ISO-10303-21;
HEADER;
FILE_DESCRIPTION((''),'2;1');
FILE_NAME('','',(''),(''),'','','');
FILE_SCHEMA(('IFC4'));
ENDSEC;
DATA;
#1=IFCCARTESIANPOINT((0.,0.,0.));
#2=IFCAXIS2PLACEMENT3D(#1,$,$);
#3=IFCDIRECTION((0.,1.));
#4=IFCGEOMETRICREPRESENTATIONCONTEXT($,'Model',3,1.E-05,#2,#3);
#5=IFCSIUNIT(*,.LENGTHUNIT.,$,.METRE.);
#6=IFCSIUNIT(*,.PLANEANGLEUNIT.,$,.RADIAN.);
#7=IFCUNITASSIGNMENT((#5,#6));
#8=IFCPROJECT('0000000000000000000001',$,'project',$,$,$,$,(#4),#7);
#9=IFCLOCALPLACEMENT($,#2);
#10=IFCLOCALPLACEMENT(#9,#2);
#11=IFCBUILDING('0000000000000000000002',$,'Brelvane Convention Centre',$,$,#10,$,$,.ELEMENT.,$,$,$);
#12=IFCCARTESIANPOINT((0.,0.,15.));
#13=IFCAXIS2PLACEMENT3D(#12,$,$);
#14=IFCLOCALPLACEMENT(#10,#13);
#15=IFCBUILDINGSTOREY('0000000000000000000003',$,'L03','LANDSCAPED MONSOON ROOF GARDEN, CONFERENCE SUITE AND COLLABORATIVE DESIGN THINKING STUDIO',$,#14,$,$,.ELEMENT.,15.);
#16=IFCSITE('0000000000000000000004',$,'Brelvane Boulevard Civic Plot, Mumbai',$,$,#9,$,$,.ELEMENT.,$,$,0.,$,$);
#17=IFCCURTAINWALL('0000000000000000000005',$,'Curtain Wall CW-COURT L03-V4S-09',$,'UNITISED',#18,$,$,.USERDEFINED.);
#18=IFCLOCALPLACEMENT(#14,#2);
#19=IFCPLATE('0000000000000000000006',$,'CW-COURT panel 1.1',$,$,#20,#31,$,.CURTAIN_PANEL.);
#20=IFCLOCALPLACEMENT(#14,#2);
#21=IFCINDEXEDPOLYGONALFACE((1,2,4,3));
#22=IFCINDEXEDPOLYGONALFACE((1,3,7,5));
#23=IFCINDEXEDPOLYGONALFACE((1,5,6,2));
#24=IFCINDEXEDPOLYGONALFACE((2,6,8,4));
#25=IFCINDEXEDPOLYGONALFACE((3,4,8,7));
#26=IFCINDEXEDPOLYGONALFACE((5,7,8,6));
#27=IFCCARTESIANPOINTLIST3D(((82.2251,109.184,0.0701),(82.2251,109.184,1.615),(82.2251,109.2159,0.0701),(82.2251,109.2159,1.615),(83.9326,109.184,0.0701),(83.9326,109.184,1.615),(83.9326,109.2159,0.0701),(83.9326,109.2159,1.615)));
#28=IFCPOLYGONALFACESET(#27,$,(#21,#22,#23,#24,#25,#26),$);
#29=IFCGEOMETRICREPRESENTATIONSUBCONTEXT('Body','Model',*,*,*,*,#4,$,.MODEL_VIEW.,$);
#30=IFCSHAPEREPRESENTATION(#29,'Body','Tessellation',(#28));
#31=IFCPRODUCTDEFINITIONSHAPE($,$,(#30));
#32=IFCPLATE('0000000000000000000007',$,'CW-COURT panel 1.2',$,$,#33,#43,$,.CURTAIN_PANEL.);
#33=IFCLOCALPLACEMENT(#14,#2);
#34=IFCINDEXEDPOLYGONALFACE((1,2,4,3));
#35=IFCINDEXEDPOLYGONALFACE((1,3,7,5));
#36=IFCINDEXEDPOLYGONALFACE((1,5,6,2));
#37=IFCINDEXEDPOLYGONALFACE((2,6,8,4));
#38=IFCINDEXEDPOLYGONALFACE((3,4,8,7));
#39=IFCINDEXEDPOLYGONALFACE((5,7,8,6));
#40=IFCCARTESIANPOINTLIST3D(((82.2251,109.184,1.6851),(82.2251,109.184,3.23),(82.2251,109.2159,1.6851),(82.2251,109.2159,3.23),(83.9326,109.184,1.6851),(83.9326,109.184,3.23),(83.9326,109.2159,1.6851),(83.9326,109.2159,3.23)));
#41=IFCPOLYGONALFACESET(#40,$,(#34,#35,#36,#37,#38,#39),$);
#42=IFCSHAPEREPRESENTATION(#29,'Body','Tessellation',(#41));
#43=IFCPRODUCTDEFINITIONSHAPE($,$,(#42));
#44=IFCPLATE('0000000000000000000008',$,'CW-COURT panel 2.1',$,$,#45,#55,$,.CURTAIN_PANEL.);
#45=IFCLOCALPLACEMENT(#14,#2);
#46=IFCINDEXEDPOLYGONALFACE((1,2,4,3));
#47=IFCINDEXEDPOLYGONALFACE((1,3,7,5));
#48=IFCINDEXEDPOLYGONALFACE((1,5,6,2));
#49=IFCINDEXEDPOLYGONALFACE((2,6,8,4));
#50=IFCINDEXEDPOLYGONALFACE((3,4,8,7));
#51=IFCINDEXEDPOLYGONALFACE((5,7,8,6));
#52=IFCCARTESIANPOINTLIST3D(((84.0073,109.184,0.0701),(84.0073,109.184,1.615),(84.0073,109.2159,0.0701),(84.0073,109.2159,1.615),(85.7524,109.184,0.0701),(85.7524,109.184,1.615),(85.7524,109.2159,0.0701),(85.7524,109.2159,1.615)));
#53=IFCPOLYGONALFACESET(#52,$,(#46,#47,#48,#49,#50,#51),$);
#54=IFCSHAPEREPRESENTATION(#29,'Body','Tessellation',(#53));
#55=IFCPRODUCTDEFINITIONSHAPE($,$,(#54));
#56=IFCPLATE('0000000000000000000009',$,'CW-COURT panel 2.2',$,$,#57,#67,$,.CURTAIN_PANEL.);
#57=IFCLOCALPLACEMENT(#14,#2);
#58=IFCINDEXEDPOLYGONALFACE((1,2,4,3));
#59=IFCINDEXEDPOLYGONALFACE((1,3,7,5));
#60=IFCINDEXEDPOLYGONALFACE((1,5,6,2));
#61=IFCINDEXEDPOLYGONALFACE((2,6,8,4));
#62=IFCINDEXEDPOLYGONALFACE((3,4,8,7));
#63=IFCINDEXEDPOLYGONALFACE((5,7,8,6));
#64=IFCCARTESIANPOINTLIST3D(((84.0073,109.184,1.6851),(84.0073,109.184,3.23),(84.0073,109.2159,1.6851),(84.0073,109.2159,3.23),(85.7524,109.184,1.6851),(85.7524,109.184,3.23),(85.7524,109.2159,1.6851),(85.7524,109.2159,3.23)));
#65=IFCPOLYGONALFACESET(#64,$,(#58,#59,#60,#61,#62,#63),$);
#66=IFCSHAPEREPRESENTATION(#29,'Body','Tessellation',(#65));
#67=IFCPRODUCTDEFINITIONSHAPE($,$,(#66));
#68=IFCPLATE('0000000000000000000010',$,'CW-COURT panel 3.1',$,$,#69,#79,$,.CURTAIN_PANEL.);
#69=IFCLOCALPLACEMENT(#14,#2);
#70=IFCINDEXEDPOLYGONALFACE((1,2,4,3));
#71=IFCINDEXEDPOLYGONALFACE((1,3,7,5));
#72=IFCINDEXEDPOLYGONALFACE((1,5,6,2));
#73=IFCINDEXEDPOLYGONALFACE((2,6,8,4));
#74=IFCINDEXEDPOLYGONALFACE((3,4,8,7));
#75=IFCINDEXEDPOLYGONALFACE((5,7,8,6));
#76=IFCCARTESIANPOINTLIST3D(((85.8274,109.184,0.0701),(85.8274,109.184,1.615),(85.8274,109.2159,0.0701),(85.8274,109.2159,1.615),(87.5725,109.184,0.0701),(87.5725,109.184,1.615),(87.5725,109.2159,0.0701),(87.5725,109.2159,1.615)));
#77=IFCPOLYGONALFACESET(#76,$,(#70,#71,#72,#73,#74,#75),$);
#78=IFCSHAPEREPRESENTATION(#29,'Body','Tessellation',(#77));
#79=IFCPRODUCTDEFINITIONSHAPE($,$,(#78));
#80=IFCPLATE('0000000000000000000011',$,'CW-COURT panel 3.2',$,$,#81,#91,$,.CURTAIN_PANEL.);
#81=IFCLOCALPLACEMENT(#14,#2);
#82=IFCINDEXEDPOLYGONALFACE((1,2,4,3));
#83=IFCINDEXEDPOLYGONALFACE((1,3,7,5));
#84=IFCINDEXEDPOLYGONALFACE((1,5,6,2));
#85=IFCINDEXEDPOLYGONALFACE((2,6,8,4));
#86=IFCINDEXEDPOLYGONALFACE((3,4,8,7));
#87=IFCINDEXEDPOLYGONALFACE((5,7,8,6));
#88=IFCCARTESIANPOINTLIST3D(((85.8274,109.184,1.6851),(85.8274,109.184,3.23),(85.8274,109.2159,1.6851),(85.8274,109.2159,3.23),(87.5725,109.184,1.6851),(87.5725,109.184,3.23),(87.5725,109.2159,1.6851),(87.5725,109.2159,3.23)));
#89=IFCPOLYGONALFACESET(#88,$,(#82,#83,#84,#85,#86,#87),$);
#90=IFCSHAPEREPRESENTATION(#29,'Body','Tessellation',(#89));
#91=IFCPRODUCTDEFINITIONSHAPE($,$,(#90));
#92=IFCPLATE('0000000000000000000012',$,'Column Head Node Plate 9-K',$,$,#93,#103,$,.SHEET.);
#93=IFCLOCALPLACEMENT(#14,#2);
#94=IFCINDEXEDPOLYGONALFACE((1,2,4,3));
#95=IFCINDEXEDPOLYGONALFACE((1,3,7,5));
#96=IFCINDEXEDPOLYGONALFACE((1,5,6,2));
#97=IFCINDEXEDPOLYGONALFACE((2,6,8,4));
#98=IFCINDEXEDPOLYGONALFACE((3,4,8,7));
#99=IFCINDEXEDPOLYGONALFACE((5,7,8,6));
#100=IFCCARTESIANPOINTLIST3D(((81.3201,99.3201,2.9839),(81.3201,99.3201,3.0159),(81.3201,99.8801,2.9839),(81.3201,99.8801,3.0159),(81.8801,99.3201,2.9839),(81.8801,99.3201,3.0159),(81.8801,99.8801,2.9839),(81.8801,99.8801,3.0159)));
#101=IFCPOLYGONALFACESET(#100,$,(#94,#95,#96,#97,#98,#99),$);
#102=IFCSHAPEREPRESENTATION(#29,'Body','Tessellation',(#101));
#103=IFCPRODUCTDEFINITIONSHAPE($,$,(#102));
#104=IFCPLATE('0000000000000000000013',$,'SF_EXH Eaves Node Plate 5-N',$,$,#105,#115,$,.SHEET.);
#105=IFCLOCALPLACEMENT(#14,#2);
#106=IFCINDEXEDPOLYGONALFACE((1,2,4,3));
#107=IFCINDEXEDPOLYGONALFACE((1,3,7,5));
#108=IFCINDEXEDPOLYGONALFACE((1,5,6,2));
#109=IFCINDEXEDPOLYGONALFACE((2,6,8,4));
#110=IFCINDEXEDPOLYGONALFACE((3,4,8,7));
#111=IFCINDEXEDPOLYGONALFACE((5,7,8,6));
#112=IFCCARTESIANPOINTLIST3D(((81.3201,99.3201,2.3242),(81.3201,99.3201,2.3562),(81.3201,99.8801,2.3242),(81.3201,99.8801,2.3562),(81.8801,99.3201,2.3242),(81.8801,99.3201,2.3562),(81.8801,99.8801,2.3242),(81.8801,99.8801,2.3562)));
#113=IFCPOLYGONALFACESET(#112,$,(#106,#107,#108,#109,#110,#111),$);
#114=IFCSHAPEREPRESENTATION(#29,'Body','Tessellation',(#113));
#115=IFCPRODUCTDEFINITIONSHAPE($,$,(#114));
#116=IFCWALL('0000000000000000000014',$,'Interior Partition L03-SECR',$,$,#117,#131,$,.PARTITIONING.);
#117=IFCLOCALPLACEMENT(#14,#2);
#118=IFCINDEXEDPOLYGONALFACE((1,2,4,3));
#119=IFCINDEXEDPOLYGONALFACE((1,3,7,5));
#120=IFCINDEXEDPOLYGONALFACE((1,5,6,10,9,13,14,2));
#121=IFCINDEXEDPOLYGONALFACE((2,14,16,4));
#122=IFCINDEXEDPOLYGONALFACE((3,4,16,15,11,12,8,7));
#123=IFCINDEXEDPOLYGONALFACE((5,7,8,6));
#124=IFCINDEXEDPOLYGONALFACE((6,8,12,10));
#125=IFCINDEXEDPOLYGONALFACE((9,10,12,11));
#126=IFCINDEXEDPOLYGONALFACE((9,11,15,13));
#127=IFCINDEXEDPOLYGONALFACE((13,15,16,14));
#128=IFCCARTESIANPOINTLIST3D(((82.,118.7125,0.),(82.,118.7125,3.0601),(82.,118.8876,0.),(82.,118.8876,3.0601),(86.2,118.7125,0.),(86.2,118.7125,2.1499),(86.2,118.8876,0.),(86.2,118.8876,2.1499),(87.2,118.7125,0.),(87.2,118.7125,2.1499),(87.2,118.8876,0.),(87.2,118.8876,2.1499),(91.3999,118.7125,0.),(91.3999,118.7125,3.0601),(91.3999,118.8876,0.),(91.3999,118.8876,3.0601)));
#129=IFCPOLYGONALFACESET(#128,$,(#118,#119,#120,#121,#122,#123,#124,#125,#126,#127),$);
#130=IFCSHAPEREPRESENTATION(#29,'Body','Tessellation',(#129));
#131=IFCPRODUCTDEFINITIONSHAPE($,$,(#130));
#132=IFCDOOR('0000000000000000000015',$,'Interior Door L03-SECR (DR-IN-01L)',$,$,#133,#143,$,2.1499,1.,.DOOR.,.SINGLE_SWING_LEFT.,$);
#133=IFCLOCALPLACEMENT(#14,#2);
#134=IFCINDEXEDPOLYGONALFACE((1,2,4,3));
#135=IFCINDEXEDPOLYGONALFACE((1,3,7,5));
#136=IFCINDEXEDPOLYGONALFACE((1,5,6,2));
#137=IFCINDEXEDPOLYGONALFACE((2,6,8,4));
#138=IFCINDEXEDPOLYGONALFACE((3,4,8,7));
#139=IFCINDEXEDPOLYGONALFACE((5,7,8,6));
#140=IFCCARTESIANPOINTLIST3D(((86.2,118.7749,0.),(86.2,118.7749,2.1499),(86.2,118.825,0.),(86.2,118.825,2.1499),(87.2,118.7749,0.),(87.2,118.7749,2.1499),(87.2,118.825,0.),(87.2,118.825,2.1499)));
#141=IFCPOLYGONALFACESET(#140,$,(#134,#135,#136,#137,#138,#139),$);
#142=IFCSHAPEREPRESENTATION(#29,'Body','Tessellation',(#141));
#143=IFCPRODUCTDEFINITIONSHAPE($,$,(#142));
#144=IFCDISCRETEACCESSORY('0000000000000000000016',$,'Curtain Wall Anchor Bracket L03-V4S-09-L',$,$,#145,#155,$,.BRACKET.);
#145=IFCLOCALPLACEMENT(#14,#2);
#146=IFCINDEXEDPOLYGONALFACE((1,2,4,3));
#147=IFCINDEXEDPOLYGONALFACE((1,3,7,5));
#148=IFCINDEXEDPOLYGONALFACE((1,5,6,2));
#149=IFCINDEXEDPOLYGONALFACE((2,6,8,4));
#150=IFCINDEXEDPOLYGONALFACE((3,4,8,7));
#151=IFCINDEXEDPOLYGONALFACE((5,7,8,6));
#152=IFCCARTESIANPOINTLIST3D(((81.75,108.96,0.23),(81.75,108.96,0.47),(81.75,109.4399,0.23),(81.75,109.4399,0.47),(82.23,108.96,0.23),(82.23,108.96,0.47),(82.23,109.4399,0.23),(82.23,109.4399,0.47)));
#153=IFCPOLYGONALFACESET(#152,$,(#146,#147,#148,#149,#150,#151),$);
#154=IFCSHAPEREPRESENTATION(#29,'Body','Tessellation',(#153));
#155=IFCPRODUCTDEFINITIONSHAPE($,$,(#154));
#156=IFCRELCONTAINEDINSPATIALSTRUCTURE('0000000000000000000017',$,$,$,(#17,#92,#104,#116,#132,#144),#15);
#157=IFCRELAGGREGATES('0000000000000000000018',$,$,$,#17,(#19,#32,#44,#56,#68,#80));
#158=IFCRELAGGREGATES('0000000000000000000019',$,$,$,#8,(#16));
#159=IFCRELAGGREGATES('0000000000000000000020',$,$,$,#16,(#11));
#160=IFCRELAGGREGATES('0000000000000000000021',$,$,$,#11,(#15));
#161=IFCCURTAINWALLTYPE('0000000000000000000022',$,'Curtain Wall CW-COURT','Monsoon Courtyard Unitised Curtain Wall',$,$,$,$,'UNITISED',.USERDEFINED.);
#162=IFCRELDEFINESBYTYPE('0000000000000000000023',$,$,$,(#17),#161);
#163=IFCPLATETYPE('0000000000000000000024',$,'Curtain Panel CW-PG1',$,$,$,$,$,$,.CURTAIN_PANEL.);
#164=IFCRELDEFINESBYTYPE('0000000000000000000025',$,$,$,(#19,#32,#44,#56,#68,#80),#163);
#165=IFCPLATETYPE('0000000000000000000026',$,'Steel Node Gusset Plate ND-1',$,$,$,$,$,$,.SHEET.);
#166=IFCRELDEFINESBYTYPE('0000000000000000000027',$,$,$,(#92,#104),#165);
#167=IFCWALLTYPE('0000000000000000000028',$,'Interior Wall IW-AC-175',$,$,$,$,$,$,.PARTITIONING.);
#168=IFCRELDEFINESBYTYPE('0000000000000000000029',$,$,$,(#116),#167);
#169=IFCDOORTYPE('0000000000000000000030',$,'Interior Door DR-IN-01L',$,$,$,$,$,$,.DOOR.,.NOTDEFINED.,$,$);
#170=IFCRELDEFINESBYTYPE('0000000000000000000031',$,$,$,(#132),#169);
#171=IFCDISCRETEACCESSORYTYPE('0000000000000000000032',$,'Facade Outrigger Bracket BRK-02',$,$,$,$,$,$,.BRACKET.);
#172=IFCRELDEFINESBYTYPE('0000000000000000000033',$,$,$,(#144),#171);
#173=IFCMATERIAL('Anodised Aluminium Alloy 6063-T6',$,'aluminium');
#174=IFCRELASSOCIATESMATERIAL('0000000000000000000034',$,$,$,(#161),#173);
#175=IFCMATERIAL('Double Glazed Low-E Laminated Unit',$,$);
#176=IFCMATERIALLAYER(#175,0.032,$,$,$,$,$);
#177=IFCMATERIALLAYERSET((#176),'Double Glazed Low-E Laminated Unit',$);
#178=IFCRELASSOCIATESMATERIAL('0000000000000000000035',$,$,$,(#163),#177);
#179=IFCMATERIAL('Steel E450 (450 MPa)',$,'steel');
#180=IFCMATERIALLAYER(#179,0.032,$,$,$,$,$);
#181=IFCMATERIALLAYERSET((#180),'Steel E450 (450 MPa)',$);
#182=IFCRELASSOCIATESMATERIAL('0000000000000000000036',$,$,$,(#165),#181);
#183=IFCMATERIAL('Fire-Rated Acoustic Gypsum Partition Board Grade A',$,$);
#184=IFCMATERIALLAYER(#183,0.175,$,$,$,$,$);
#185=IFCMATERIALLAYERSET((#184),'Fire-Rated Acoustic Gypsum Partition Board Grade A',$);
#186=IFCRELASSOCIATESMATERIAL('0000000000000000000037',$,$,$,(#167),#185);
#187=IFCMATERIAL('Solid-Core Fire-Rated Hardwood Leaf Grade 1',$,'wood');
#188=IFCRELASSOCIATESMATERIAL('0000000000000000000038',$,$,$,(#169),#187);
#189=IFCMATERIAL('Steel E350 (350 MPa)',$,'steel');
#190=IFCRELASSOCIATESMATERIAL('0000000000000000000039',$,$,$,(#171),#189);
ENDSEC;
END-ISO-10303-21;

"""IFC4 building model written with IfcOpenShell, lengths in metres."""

from ifc_helpers import new_model, si_unit, direction, frame, frame_2d, origin, origin_2d, place, context, subcontext, project, spatial, rectangle, extrude, material, layer, layer_set, type_object, element, fill, aggregate, save


model = new_model("IFC4")

# Units and contexts
model_context = context("Model", 3, precision=1e-05, world=origin(), true_north=direction((0.0, 1.0)))
body_context = subcontext(model_context, "Body", "Model", "MODEL_VIEW")
ifc_project = project(units=[si_unit("LENGTHUNIT", "METRE"), si_unit("PLANEANGLEUNIT", "RADIAN")], contexts=[model_context])

# Site, building, storey
site_placement = place(None, origin())
site = spatial("IfcSite", under=ifc_project, at=site_placement, Name="Brelvane Boulevard Civic Plot, Mumbai", CompositionType="ELEMENT", RefElevation=0.0)
building_placement = place(site_placement, origin())
building = spatial("IfcBuilding", under=site, at=building_placement, Name="Brelvane Convention Centre", CompositionType="ELEMENT")
storey_placement = place(building_placement, frame((0.0, 0.0, 15.0)))
storey = spatial("IfcBuildingStorey", under=building, at=storey_placement, Name="L03", Description="LANDSCAPED MONSOON ROOF GARDEN, CONFERENCE SUITE AND COLLABORATIVE DESIGN THINKING STUDIO", CompositionType="ELEMENT", Elevation=15.0)

# Curtain wall
ifc_material_1 = material(Name="Anodised Aluminium Alloy 6063-T6", Category="aluminium")
curtain_wall_type = type_object("IfcCurtainWallType", Name="Curtain Wall CW-COURT", Description="Monsoon Courtyard Unitised Curtain Wall", ElementType="UNITISED", PredefinedType="USERDEFINED", material=ifc_material_1)
curtain_wall_placement = place(storey_placement, origin())
curtain_wall = element("IfcCurtainWall", 1, at=curtain_wall_placement, inside=storey, type_object=curtain_wall_type, Name="Curtain Wall CW-COURT L03-V4S-09", ObjectType="UNITISED", PredefinedType="USERDEFINED")

# Plates
ifc_material_2 = material(Name="Double Glazed Low-E Laminated Unit")
ifc_layer_1 = layer(ifc_material_2, 0.032)
ifc_layer_set_1 = layer_set([ifc_layer_1], Name="Double Glazed Low-E Laminated Unit")
plate_type_1 = type_object("IfcPlateType", Name="Curtain Panel CW-PG1", PredefinedType="CURTAIN_PANEL", material=ifc_layer_set_1)
plate_1_placement = place(storey_placement, frame((83.0789, 109.2, 0.0701), z_axis=(0.0, 0.0, 1.0), x_axis=(1.0, 0.0, 0.0)))
plate_1 = element("IfcPlate", 2, at=plate_1_placement, type_object=plate_type_1, Name="CW-COURT panel 1.1", PredefinedType="CURTAIN_PANEL", context=body_context, shape_type="SweptSolid", body=[
    extrude(rectangle(XDim=1.7075, YDim=0.032, at=origin_2d()), origin(), (0.0, 0.0, 1.0), 1.5449),
])
plate_2_placement = place(storey_placement, frame((83.0789, 109.2, 1.6851), z_axis=(0.0, 0.0, 1.0), x_axis=(1.0, 0.0, 0.0)))
plate_2 = element("IfcPlate", 3, at=plate_2_placement, type_object=plate_type_1, Name="CW-COURT panel 1.2", PredefinedType="CURTAIN_PANEL", context=body_context, shape_type="SweptSolid", body=[
    extrude(rectangle(XDim=1.7075, YDim=0.032, at=origin_2d()), origin(), (0.0, 0.0, 1.0), 1.5449),
])
plate_3_placement = place(storey_placement, frame((84.8799, 109.2, 0.0701), z_axis=(0.0, 0.0, 1.0), x_axis=(1.0, 0.0, 0.0)))
plate_3 = element("IfcPlate", 4, at=plate_3_placement, type_object=plate_type_1, Name="CW-COURT panel 2.1", PredefinedType="CURTAIN_PANEL", context=body_context, shape_type="SweptSolid", body=[
    extrude(rectangle(XDim=1.7451, YDim=0.032, at=origin_2d()), origin(), (0.0, 0.0, 1.0), 1.5449),
])
plate_4_placement = place(storey_placement, frame((84.8799, 109.2, 1.6851), z_axis=(0.0, 0.0, 1.0), x_axis=(1.0, 0.0, 0.0)))
plate_4 = element("IfcPlate", 5, at=plate_4_placement, type_object=plate_type_1, Name="CW-COURT panel 2.2", PredefinedType="CURTAIN_PANEL", context=body_context, shape_type="SweptSolid", body=[
    extrude(rectangle(XDim=1.7451, YDim=0.032, at=origin_2d()), origin(), (0.0, 0.0, 1.0), 1.5449),
])
plate_5_placement = place(storey_placement, frame((86.7, 109.2, 0.0701), z_axis=(0.0, 0.0, 1.0), x_axis=(1.0, 0.0, 0.0)))
plate_5 = element("IfcPlate", 6, at=plate_5_placement, type_object=plate_type_1, Name="CW-COURT panel 3.1", PredefinedType="CURTAIN_PANEL", context=body_context, shape_type="SweptSolid", body=[
    extrude(rectangle(XDim=1.7451, YDim=0.032, at=origin_2d()), origin(), (0.0, 0.0, 1.0), 1.5449),
])
plate_6_placement = place(storey_placement, frame((86.7, 109.2, 1.6851), z_axis=(0.0, 0.0, 1.0), x_axis=(1.0, 0.0, 0.0)))
plate_6 = element("IfcPlate", 7, at=plate_6_placement, type_object=plate_type_1, Name="CW-COURT panel 3.2", PredefinedType="CURTAIN_PANEL", context=body_context, shape_type="SweptSolid", body=[
    extrude(rectangle(XDim=1.7451, YDim=0.032, at=origin_2d()), origin(), (0.0, 0.0, 1.0), 1.5449),
])
aggregate(curtain_wall, [plate_1, plate_2, plate_3, plate_4, plate_5, plate_6])

# Plates
ifc_material_3 = material(Name="Steel E450 (450 MPa)", Category="steel")
ifc_layer_2 = layer(ifc_material_3, 0.032)
ifc_layer_set_2 = layer_set([ifc_layer_2], Name="Steel E450 (450 MPa)")
plate_type_2 = type_object("IfcPlateType", Name="Steel Node Gusset Plate ND-1", PredefinedType="SHEET", material=ifc_layer_set_2)
for number, where, z_axis, x_axis, name in (
    (8, (81.6001, 99.6001, 2.9839), (0.0, 0.0, 1.0), (1.0, 0.0, 0.0), "Column Head Node Plate 9-K"),
    (9, (81.6001, 99.6001, 2.3242), (0.0, 0.0, 1.0), (1.0, 0.0, 0.0), "SF_EXH Eaves Node Plate 5-N"),
):
    element("IfcPlate", number, at=place(storey_placement, frame(where, z_axis=z_axis, x_axis=x_axis)), inside=storey, type_object=plate_type_2, Name=name, PredefinedType="SHEET", context=body_context, shape_type="SweptSolid", body=[
        extrude(rectangle(XDim=0.5601, YDim=0.5601, at=origin_2d()), origin(), (0.0, 0.0, 1.0), 0.032),
    ])

# Wall, opening, door
ifc_material_4 = material(Name="Fire-Rated Acoustic Gypsum Partition Board Grade A")
ifc_layer_3 = layer(ifc_material_4, 0.175)
ifc_layer_set_3 = layer_set([ifc_layer_3], Name="Fire-Rated Acoustic Gypsum Partition Board Grade A")
wall_type = type_object("IfcWallType", Name="Interior Wall IW-AC-175", PredefinedType="PARTITIONING", material=ifc_layer_set_3)
wall_placement = place(storey_placement, frame((82.0, 118.8, 0.0), z_axis=(0.0, 0.0, 1.0), x_axis=(1.0, 0.0, 0.0)))
wall = element("IfcWall", 10, at=wall_placement, inside=storey, type_object=wall_type, Name="Interior Partition L03-SECR", PredefinedType="PARTITIONING", context=body_context, shape_type="SweptSolid", body=[
    extrude(rectangle(XDim=9.3999, YDim=0.175, at=frame_2d((4.7, 0.0))), origin(), (0.0, 0.0, 1.0), 3.0601),
])
opening_placement = place(wall_placement, frame((4.2, 0.0, 0.0)))
opening = element("IfcOpeningElement", 11, at=opening_placement, cuts=wall, PredefinedType="OPENING", context=body_context, shape_type="SweptSolid", body=[
    extrude(rectangle(XDim=1.0, YDim=2.1499, at=frame_2d((0.5, 1.075))), frame((0.0, 0.0974, 0.0), z_axis=(0.0, -1.0, 0.0), x_axis=(1.0, 0.0, 0.0)), (0.0, 0.0, 1.0), 0.1951),
])
ifc_material_5 = material(Name="Solid-Core Fire-Rated Hardwood Leaf Grade 1", Category="wood")
door_type = type_object("IfcDoorType", Name="Interior Door DR-IN-01L", OperationType="NOTDEFINED", PredefinedType="DOOR", material=ifc_material_5)
door_placement = place(opening_placement, origin())
door = element("IfcDoor", 12, at=door_placement, inside=storey, type_object=door_type, Name="Interior Door L03-SECR (DR-IN-01L)", OperationType="SINGLE_SWING_LEFT", OverallHeight=2.1499, OverallWidth=1.0, PredefinedType="DOOR", context=body_context, shape_type="SweptSolid", body=[
    extrude(rectangle(XDim=1.0, YDim=2.1499, at=frame_2d((0.5, 1.075))), frame((0.0, 0.0249, 0.0), z_axis=(0.0, -1.0, 0.0), x_axis=(1.0, 0.0, 0.0)), (0.0, 0.0, 1.0), 0.05),
])
fill(opening, door)

# Discrete accessory
ifc_material_6 = material(Name="Steel E350 (350 MPa)", Category="steel")
discrete_accessory_type = type_object("IfcDiscreteAccessoryType", Name="Facade Outrigger Bracket BRK-02", PredefinedType="BRACKET", material=ifc_material_6)
discrete_accessory_placement = place(storey_placement, frame((81.99, 109.2, 0.23), z_axis=(0.0, 0.0, 1.0), x_axis=(1.0, 0.0, 0.0)))
element("IfcDiscreteAccessory", 13, at=discrete_accessory_placement, inside=storey, type_object=discrete_accessory_type, Name="Curtain Wall Anchor Bracket L03-V4S-09-L", PredefinedType="BRACKET", context=body_context, shape_type="SweptSolid", body=[
    extrude(rectangle(XDim=0.48, YDim=0.48, at=origin_2d()), origin(), (0.0, 0.0, 1.0), 0.24),
])

save(model, "model.ifc")
